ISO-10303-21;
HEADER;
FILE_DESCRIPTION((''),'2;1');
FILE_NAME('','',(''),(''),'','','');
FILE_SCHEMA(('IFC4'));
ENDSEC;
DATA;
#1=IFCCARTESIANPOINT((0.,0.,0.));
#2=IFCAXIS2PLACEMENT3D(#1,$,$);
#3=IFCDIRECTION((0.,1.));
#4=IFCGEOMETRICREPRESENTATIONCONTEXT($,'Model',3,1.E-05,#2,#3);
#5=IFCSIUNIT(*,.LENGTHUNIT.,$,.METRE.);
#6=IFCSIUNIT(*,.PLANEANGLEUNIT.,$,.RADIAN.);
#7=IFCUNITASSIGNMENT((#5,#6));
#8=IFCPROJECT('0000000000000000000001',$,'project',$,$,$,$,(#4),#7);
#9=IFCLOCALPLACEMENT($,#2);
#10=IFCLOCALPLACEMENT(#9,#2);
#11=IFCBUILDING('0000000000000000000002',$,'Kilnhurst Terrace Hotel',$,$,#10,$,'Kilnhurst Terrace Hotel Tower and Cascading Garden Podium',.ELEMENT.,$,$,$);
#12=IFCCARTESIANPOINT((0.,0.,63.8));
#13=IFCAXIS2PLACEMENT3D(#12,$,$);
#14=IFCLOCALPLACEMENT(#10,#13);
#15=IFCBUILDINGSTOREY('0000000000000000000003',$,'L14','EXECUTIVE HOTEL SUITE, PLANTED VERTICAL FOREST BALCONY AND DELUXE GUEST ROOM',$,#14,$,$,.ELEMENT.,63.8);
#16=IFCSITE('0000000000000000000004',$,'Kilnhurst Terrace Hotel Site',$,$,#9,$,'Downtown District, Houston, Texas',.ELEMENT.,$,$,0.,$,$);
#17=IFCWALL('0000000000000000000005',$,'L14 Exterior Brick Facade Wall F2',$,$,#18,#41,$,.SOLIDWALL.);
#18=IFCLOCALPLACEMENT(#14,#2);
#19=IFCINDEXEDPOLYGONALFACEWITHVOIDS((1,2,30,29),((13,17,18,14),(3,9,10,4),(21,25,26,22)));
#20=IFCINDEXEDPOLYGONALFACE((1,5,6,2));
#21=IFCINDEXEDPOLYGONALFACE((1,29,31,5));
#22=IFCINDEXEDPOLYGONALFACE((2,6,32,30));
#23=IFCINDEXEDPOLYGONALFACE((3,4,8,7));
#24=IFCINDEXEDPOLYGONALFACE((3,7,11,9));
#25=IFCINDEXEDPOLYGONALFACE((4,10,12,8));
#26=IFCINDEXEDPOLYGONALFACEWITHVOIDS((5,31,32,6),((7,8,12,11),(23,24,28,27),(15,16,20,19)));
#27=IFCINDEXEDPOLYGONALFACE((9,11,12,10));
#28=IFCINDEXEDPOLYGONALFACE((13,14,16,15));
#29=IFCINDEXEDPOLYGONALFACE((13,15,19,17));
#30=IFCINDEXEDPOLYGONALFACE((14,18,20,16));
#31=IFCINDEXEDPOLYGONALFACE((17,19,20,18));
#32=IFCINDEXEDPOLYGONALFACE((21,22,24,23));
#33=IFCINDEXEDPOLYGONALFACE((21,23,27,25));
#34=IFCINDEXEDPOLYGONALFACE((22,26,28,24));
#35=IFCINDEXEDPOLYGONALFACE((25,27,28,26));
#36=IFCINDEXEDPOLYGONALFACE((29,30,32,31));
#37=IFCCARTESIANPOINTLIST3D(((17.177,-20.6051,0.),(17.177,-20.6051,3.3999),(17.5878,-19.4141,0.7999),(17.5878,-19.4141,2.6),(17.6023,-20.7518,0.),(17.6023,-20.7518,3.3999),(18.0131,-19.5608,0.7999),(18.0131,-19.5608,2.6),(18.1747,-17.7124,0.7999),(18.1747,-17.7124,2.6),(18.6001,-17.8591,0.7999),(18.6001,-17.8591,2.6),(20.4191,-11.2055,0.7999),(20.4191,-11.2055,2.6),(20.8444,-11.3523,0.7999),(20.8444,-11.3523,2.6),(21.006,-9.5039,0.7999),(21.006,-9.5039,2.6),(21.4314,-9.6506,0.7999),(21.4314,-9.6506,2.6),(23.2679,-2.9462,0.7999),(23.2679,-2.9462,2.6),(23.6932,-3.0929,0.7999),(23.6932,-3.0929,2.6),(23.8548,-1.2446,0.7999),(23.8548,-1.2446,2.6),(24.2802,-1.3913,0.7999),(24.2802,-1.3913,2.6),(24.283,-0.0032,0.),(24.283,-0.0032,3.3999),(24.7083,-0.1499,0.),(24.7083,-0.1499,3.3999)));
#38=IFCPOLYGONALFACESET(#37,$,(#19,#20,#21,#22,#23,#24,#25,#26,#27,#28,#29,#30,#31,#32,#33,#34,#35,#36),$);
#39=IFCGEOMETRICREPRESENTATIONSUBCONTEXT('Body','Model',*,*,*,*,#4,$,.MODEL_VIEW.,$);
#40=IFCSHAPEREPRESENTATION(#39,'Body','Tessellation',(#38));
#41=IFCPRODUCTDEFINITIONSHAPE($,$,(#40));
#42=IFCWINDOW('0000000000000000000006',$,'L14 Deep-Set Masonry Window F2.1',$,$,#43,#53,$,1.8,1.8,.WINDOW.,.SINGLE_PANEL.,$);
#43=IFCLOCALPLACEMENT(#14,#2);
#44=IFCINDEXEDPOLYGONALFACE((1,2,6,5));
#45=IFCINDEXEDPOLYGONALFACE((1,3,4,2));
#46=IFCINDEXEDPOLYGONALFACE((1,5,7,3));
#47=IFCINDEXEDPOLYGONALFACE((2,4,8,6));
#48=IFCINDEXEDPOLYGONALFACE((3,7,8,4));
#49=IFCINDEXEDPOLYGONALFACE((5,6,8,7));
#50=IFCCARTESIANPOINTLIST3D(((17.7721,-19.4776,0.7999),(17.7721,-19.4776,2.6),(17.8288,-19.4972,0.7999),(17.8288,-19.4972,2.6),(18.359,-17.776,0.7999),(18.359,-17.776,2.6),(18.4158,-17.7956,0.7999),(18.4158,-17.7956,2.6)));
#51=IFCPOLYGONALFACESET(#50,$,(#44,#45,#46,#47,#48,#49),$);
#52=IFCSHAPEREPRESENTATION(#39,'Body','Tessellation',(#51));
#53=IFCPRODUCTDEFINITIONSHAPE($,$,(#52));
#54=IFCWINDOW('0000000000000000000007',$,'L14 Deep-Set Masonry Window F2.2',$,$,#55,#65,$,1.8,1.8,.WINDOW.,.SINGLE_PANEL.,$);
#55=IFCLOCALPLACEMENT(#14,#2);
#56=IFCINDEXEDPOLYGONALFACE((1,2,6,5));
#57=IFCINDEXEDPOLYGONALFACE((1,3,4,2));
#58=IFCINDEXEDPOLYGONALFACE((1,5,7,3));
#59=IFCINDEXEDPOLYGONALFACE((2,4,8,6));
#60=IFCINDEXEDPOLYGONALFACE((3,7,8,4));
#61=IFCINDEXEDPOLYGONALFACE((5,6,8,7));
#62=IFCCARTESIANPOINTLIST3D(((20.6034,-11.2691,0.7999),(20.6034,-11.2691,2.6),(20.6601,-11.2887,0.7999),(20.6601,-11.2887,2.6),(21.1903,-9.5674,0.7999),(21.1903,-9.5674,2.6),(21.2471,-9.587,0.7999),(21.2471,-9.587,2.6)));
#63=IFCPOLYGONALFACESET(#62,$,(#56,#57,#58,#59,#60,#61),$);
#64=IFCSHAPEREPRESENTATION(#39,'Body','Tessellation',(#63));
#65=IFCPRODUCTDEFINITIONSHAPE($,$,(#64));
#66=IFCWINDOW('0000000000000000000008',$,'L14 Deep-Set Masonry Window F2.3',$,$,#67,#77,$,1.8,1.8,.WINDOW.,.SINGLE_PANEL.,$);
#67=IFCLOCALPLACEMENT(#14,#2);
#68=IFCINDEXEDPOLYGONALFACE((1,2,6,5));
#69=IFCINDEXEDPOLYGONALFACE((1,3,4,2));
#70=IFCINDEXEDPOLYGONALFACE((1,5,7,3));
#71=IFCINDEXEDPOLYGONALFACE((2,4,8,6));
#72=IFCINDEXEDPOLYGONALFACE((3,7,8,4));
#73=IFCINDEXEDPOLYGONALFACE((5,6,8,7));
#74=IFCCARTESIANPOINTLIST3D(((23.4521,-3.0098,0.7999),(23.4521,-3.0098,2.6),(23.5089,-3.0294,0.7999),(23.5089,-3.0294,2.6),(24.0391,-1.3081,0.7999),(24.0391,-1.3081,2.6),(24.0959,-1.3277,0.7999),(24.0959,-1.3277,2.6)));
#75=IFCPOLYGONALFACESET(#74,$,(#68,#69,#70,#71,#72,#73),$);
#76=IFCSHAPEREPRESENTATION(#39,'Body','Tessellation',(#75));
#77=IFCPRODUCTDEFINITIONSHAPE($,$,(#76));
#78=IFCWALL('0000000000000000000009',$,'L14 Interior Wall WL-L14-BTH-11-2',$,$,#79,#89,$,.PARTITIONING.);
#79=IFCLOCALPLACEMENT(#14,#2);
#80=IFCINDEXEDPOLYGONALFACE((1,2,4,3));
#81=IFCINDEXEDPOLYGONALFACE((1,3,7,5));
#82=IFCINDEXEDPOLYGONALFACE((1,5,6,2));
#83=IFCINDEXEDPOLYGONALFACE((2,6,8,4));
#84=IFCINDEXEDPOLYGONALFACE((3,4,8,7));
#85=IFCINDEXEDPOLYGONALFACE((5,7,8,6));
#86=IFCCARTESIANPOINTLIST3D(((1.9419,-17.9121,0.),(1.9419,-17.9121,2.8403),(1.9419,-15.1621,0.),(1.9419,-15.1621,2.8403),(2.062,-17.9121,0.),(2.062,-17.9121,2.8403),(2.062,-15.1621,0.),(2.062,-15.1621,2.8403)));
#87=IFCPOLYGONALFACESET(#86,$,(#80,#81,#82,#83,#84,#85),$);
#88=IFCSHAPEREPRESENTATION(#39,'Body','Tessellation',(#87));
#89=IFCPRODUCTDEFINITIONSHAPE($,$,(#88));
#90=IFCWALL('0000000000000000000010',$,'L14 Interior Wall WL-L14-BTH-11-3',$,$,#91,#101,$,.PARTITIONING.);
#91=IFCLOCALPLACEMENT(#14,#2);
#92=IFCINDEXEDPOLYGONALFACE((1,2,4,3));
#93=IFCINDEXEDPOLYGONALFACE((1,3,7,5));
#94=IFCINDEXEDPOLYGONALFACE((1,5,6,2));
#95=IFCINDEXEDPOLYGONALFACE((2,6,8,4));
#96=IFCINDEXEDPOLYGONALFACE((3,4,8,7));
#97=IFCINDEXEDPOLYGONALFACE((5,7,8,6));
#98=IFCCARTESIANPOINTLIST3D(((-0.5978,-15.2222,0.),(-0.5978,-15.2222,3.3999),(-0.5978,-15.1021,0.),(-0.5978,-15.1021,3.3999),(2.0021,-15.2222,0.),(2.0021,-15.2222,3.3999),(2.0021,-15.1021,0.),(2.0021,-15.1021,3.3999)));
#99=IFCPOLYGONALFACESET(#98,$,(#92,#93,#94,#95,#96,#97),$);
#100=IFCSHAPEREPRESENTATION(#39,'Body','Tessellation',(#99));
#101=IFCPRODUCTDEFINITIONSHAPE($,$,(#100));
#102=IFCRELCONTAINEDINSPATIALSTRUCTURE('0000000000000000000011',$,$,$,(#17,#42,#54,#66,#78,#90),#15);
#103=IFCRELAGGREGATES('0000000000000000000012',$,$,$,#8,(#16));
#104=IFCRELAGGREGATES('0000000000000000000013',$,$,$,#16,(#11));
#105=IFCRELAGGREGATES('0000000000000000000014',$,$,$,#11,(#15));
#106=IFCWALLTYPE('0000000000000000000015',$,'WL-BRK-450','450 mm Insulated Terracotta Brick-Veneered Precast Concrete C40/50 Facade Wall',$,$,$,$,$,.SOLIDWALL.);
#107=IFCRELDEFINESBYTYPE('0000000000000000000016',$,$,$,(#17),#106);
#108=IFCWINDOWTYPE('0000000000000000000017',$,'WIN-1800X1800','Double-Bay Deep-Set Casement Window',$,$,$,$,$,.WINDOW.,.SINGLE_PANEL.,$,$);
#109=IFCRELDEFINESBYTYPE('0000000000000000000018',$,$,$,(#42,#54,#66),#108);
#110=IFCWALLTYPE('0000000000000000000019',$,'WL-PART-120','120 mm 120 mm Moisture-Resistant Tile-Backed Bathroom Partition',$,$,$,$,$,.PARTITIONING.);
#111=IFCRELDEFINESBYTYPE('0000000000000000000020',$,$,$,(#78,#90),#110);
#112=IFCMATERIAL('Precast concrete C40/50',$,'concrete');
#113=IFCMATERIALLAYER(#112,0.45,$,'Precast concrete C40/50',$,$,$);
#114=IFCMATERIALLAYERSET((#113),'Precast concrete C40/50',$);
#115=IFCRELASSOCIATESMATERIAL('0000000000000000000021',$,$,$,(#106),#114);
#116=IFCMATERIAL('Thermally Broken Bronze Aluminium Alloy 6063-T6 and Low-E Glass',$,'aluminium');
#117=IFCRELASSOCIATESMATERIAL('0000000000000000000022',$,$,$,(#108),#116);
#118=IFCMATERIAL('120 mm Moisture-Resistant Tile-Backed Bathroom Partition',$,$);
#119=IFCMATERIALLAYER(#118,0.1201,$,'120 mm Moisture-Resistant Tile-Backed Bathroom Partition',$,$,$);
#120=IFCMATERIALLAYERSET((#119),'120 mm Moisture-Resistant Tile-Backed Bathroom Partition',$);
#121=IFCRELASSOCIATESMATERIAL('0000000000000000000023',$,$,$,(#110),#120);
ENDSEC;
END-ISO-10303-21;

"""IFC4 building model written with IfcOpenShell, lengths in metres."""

from ifc_helpers import new_model, si_unit, direction, frame, frame_2d, origin, place, context, subcontext, project, spatial, rectangle, extrude, material, layer, layer_set, type_object, element, fill, save


model = new_model("IFC4")

# Units and contexts
model_context = context("Model", 3, precision=1e-05, world=origin(), true_north=direction((0.0, 1.0)))
body_context = subcontext(model_context, "Body", "Model", "MODEL_VIEW")
ifc_project = project(units=[si_unit("LENGTHUNIT", "METRE"), si_unit("PLANEANGLEUNIT", "RADIAN")], contexts=[model_context])

# Site, building, storey
site_placement = place(None, origin())
site = spatial("IfcSite", under=ifc_project, at=site_placement, Name="Kilnhurst Terrace Hotel Site", LongName="Downtown District, Houston, Texas", CompositionType="ELEMENT", RefElevation=0.0)
building_placement = place(site_placement, origin())
building = spatial("IfcBuilding", under=site, at=building_placement, Name="Kilnhurst Terrace Hotel", LongName="Kilnhurst Terrace Hotel Tower and Cascading Garden Podium", CompositionType="ELEMENT")
storey_placement = place(building_placement, frame((0.0, 0.0, 63.8)))
storey = spatial("IfcBuildingStorey", under=building, at=storey_placement, Name="L14", Description="EXECUTIVE HOTEL SUITE, PLANTED VERTICAL FOREST BALCONY AND DELUXE GUEST ROOM", CompositionType="ELEMENT", Elevation=63.8)

# Shared definitions
ifc_material_1 = material(Name="Precast concrete C40/50", Category="concrete")
ifc_layer_1 = layer(ifc_material_1, 0.45, Name="Precast concrete C40/50")
ifc_layer_set_1 = layer_set([ifc_layer_1], Name="Precast concrete C40/50")
wall_type_1 = type_object("IfcWallType", Name="WL-BRK-450", Description="450 mm Insulated Terracotta Brick-Veneered Precast Concrete C40/50 Facade Wall", PredefinedType="SOLIDWALL", material=ifc_layer_set_1)

# Wall, openings, windows
wall_1_placement = place(storey_placement, frame((17.3896, -20.6785, 0.0), z_axis=(0.0, 0.0, 1.0), x_axis=(0.326068, 0.945346, 0.0)))
wall_1 = element("IfcWall", 1, at=wall_1_placement, inside=storey, type_object=wall_type_1, Name="L14 Exterior Brick Facade Wall F2", PredefinedType="SOLIDWALL", context=body_context, shape_type="SweptSolid", body=[
    extrude(rectangle(XDim=21.793, YDim=0.45, at=frame_2d((10.8965, 0.0))), origin(), (0.0, 0.0, 1.0), 3.3999),
])
opening_1_placement = place(wall_1_placement, frame((1.26, 0.0, 0.8)))
opening_1 = element("IfcOpeningElement", 2, at=opening_1_placement, cuts=wall_1, PredefinedType="OPENING", context=body_context, shape_type="SweptSolid", body=[
    extrude(rectangle(XDim=1.8, YDim=1.8, at=frame_2d((0.8999, 0.8999))), frame((0.0, 0.2349, 0.0), z_axis=(0.0, -1.0, 0.0), x_axis=(1.0, 0.0, 0.0)), (0.0, 0.0, 1.0), 0.47),
])
opening_2_placement = place(wall_1_placement, frame((9.9431, 0.0, 0.8)))
opening_2 = element("IfcOpeningElement", 3, at=opening_2_placement, cuts=wall_1, PredefinedType="OPENING", context=body_context, shape_type="SweptSolid", body=[
    extrude(rectangle(XDim=1.8, YDim=1.8, at=frame_2d((0.8999, 0.8999))), frame((0.0, 0.2349, 0.0), z_axis=(0.0, -1.0, 0.0), x_axis=(1.0, 0.0, 0.0)), (0.0, 0.0, 1.0), 0.47),
])
opening_3_placement = place(wall_1_placement, frame((18.6799, 0.0, 0.8)))
opening_3 = element("IfcOpeningElement", 4, at=opening_3_placement, cuts=wall_1, PredefinedType="OPENING", context=body_context, shape_type="SweptSolid", body=[
    extrude(rectangle(XDim=1.8, YDim=1.8, at=frame_2d((0.8999, 0.8999))), frame((0.0, 0.2349, 0.0), z_axis=(0.0, -1.0, 0.0), x_axis=(1.0, 0.0, 0.0)), (0.0, 0.0, 1.0), 0.47),
])
ifc_material_2 = material(Name="Thermally Broken Bronze Aluminium Alloy 6063-T6 and Low-E Glass", Category="aluminium")
window_type = type_object("IfcWindowType", Name="WIN-1800X1800", Description="Double-Bay Deep-Set Casement Window", PartitioningType="SINGLE_PANEL", PredefinedType="WINDOW", material=ifc_material_2)
window_1_placement = place(opening_1_placement, origin())
window_1 = element("IfcWindow", 5, at=window_1_placement, inside=storey, type_object=window_type, Name="L14 Deep-Set Masonry Window F2.1", OverallHeight=1.8, OverallWidth=1.8, PartitioningType="SINGLE_PANEL", PredefinedType="WINDOW", context=body_context, shape_type="SweptSolid", body=[
    extrude(rectangle(XDim=1.8, YDim=1.8, at=frame_2d((0.8999, 0.8999))), frame((0.0, 0.03, 0.0), z_axis=(0.0, -1.0, 0.0), x_axis=(1.0, 0.0, 0.0)), (0.0, 0.0, 1.0), 0.0601),
])
fill(opening_1, window_1)
window_2_placement = place(opening_2_placement, origin())
window_2 = element("IfcWindow", 6, at=window_2_placement, inside=storey, type_object=window_type, Name="L14 Deep-Set Masonry Window F2.2", OverallHeight=1.8, OverallWidth=1.8, PartitioningType="SINGLE_PANEL", PredefinedType="WINDOW", context=body_context, shape_type="SweptSolid", body=[
    extrude(rectangle(XDim=1.8, YDim=1.8, at=frame_2d((0.8999, 0.8999))), frame((0.0, 0.03, 0.0), z_axis=(0.0, -1.0, 0.0), x_axis=(1.0, 0.0, 0.0)), (0.0, 0.0, 1.0), 0.0601),
])
fill(opening_2, window_2)
window_3_placement = place(opening_3_placement, origin())
window_3 = element("IfcWindow", 7, at=window_3_placement, inside=storey, type_object=window_type, Name="L14 Deep-Set Masonry Window F2.3", OverallHeight=1.8, OverallWidth=1.8, PartitioningType="SINGLE_PANEL", PredefinedType="WINDOW", context=body_context, shape_type="SweptSolid", body=[
    extrude(rectangle(XDim=1.8, YDim=1.8, at=frame_2d((0.8999, 0.8999))), frame((0.0, 0.03, 0.0), z_axis=(0.0, -1.0, 0.0), x_axis=(1.0, 0.0, 0.0)), (0.0, 0.0, 1.0), 0.0601),
])
fill(opening_3, window_3)

# Walls
ifc_material_3 = material(Name="120 mm Moisture-Resistant Tile-Backed Bathroom Partition")
ifc_layer_2 = layer(ifc_material_3, 0.1201, Name="120 mm Moisture-Resistant Tile-Backed Bathroom Partition")
ifc_layer_set_2 = layer_set([ifc_layer_2], Name="120 mm Moisture-Resistant Tile-Backed Bathroom Partition")
wall_type_2 = type_object("IfcWallType", Name="WL-PART-120", Description="120 mm 120 mm Moisture-Resistant Tile-Backed Bathroom Partition", PredefinedType="PARTITIONING", material=ifc_layer_set_2)
wall_2_placement = place(storey_placement, frame((2.002, -17.9121, 0.0), z_axis=(0.0, 0.0, 1.0), x_axis=(0.0, 1.0, 0.0)))
element("IfcWall", 8, at=wall_2_placement, inside=storey, type_object=wall_type_2, Name="L14 Interior Wall WL-L14-BTH-11-2", PredefinedType="PARTITIONING", context=body_context, shape_type="SweptSolid", body=[
    extrude(rectangle(XDim=2.75, YDim=0.1201, at=frame_2d((1.375, 0.0))), origin(), (0.0, 0.0, 1.0), 2.8403),
])
wall_3_placement = place(storey_placement, frame((2.002, -15.1621, 0.0), z_axis=(0.0, 0.0, 1.0), x_axis=(-1.0, 0.0, 0.0)))
element("IfcWall", 9, at=wall_3_placement, inside=storey, type_object=wall_type_2, Name="L14 Interior Wall WL-L14-BTH-11-3", PredefinedType="PARTITIONING", context=body_context, shape_type="SweptSolid", body=[
    extrude(rectangle(XDim=2.5999, YDim=0.1201, at=frame_2d((1.2998, 0.0))), origin(), (0.0, 0.0, 1.0), 3.3999),
])

save(model, "model.ifc")
